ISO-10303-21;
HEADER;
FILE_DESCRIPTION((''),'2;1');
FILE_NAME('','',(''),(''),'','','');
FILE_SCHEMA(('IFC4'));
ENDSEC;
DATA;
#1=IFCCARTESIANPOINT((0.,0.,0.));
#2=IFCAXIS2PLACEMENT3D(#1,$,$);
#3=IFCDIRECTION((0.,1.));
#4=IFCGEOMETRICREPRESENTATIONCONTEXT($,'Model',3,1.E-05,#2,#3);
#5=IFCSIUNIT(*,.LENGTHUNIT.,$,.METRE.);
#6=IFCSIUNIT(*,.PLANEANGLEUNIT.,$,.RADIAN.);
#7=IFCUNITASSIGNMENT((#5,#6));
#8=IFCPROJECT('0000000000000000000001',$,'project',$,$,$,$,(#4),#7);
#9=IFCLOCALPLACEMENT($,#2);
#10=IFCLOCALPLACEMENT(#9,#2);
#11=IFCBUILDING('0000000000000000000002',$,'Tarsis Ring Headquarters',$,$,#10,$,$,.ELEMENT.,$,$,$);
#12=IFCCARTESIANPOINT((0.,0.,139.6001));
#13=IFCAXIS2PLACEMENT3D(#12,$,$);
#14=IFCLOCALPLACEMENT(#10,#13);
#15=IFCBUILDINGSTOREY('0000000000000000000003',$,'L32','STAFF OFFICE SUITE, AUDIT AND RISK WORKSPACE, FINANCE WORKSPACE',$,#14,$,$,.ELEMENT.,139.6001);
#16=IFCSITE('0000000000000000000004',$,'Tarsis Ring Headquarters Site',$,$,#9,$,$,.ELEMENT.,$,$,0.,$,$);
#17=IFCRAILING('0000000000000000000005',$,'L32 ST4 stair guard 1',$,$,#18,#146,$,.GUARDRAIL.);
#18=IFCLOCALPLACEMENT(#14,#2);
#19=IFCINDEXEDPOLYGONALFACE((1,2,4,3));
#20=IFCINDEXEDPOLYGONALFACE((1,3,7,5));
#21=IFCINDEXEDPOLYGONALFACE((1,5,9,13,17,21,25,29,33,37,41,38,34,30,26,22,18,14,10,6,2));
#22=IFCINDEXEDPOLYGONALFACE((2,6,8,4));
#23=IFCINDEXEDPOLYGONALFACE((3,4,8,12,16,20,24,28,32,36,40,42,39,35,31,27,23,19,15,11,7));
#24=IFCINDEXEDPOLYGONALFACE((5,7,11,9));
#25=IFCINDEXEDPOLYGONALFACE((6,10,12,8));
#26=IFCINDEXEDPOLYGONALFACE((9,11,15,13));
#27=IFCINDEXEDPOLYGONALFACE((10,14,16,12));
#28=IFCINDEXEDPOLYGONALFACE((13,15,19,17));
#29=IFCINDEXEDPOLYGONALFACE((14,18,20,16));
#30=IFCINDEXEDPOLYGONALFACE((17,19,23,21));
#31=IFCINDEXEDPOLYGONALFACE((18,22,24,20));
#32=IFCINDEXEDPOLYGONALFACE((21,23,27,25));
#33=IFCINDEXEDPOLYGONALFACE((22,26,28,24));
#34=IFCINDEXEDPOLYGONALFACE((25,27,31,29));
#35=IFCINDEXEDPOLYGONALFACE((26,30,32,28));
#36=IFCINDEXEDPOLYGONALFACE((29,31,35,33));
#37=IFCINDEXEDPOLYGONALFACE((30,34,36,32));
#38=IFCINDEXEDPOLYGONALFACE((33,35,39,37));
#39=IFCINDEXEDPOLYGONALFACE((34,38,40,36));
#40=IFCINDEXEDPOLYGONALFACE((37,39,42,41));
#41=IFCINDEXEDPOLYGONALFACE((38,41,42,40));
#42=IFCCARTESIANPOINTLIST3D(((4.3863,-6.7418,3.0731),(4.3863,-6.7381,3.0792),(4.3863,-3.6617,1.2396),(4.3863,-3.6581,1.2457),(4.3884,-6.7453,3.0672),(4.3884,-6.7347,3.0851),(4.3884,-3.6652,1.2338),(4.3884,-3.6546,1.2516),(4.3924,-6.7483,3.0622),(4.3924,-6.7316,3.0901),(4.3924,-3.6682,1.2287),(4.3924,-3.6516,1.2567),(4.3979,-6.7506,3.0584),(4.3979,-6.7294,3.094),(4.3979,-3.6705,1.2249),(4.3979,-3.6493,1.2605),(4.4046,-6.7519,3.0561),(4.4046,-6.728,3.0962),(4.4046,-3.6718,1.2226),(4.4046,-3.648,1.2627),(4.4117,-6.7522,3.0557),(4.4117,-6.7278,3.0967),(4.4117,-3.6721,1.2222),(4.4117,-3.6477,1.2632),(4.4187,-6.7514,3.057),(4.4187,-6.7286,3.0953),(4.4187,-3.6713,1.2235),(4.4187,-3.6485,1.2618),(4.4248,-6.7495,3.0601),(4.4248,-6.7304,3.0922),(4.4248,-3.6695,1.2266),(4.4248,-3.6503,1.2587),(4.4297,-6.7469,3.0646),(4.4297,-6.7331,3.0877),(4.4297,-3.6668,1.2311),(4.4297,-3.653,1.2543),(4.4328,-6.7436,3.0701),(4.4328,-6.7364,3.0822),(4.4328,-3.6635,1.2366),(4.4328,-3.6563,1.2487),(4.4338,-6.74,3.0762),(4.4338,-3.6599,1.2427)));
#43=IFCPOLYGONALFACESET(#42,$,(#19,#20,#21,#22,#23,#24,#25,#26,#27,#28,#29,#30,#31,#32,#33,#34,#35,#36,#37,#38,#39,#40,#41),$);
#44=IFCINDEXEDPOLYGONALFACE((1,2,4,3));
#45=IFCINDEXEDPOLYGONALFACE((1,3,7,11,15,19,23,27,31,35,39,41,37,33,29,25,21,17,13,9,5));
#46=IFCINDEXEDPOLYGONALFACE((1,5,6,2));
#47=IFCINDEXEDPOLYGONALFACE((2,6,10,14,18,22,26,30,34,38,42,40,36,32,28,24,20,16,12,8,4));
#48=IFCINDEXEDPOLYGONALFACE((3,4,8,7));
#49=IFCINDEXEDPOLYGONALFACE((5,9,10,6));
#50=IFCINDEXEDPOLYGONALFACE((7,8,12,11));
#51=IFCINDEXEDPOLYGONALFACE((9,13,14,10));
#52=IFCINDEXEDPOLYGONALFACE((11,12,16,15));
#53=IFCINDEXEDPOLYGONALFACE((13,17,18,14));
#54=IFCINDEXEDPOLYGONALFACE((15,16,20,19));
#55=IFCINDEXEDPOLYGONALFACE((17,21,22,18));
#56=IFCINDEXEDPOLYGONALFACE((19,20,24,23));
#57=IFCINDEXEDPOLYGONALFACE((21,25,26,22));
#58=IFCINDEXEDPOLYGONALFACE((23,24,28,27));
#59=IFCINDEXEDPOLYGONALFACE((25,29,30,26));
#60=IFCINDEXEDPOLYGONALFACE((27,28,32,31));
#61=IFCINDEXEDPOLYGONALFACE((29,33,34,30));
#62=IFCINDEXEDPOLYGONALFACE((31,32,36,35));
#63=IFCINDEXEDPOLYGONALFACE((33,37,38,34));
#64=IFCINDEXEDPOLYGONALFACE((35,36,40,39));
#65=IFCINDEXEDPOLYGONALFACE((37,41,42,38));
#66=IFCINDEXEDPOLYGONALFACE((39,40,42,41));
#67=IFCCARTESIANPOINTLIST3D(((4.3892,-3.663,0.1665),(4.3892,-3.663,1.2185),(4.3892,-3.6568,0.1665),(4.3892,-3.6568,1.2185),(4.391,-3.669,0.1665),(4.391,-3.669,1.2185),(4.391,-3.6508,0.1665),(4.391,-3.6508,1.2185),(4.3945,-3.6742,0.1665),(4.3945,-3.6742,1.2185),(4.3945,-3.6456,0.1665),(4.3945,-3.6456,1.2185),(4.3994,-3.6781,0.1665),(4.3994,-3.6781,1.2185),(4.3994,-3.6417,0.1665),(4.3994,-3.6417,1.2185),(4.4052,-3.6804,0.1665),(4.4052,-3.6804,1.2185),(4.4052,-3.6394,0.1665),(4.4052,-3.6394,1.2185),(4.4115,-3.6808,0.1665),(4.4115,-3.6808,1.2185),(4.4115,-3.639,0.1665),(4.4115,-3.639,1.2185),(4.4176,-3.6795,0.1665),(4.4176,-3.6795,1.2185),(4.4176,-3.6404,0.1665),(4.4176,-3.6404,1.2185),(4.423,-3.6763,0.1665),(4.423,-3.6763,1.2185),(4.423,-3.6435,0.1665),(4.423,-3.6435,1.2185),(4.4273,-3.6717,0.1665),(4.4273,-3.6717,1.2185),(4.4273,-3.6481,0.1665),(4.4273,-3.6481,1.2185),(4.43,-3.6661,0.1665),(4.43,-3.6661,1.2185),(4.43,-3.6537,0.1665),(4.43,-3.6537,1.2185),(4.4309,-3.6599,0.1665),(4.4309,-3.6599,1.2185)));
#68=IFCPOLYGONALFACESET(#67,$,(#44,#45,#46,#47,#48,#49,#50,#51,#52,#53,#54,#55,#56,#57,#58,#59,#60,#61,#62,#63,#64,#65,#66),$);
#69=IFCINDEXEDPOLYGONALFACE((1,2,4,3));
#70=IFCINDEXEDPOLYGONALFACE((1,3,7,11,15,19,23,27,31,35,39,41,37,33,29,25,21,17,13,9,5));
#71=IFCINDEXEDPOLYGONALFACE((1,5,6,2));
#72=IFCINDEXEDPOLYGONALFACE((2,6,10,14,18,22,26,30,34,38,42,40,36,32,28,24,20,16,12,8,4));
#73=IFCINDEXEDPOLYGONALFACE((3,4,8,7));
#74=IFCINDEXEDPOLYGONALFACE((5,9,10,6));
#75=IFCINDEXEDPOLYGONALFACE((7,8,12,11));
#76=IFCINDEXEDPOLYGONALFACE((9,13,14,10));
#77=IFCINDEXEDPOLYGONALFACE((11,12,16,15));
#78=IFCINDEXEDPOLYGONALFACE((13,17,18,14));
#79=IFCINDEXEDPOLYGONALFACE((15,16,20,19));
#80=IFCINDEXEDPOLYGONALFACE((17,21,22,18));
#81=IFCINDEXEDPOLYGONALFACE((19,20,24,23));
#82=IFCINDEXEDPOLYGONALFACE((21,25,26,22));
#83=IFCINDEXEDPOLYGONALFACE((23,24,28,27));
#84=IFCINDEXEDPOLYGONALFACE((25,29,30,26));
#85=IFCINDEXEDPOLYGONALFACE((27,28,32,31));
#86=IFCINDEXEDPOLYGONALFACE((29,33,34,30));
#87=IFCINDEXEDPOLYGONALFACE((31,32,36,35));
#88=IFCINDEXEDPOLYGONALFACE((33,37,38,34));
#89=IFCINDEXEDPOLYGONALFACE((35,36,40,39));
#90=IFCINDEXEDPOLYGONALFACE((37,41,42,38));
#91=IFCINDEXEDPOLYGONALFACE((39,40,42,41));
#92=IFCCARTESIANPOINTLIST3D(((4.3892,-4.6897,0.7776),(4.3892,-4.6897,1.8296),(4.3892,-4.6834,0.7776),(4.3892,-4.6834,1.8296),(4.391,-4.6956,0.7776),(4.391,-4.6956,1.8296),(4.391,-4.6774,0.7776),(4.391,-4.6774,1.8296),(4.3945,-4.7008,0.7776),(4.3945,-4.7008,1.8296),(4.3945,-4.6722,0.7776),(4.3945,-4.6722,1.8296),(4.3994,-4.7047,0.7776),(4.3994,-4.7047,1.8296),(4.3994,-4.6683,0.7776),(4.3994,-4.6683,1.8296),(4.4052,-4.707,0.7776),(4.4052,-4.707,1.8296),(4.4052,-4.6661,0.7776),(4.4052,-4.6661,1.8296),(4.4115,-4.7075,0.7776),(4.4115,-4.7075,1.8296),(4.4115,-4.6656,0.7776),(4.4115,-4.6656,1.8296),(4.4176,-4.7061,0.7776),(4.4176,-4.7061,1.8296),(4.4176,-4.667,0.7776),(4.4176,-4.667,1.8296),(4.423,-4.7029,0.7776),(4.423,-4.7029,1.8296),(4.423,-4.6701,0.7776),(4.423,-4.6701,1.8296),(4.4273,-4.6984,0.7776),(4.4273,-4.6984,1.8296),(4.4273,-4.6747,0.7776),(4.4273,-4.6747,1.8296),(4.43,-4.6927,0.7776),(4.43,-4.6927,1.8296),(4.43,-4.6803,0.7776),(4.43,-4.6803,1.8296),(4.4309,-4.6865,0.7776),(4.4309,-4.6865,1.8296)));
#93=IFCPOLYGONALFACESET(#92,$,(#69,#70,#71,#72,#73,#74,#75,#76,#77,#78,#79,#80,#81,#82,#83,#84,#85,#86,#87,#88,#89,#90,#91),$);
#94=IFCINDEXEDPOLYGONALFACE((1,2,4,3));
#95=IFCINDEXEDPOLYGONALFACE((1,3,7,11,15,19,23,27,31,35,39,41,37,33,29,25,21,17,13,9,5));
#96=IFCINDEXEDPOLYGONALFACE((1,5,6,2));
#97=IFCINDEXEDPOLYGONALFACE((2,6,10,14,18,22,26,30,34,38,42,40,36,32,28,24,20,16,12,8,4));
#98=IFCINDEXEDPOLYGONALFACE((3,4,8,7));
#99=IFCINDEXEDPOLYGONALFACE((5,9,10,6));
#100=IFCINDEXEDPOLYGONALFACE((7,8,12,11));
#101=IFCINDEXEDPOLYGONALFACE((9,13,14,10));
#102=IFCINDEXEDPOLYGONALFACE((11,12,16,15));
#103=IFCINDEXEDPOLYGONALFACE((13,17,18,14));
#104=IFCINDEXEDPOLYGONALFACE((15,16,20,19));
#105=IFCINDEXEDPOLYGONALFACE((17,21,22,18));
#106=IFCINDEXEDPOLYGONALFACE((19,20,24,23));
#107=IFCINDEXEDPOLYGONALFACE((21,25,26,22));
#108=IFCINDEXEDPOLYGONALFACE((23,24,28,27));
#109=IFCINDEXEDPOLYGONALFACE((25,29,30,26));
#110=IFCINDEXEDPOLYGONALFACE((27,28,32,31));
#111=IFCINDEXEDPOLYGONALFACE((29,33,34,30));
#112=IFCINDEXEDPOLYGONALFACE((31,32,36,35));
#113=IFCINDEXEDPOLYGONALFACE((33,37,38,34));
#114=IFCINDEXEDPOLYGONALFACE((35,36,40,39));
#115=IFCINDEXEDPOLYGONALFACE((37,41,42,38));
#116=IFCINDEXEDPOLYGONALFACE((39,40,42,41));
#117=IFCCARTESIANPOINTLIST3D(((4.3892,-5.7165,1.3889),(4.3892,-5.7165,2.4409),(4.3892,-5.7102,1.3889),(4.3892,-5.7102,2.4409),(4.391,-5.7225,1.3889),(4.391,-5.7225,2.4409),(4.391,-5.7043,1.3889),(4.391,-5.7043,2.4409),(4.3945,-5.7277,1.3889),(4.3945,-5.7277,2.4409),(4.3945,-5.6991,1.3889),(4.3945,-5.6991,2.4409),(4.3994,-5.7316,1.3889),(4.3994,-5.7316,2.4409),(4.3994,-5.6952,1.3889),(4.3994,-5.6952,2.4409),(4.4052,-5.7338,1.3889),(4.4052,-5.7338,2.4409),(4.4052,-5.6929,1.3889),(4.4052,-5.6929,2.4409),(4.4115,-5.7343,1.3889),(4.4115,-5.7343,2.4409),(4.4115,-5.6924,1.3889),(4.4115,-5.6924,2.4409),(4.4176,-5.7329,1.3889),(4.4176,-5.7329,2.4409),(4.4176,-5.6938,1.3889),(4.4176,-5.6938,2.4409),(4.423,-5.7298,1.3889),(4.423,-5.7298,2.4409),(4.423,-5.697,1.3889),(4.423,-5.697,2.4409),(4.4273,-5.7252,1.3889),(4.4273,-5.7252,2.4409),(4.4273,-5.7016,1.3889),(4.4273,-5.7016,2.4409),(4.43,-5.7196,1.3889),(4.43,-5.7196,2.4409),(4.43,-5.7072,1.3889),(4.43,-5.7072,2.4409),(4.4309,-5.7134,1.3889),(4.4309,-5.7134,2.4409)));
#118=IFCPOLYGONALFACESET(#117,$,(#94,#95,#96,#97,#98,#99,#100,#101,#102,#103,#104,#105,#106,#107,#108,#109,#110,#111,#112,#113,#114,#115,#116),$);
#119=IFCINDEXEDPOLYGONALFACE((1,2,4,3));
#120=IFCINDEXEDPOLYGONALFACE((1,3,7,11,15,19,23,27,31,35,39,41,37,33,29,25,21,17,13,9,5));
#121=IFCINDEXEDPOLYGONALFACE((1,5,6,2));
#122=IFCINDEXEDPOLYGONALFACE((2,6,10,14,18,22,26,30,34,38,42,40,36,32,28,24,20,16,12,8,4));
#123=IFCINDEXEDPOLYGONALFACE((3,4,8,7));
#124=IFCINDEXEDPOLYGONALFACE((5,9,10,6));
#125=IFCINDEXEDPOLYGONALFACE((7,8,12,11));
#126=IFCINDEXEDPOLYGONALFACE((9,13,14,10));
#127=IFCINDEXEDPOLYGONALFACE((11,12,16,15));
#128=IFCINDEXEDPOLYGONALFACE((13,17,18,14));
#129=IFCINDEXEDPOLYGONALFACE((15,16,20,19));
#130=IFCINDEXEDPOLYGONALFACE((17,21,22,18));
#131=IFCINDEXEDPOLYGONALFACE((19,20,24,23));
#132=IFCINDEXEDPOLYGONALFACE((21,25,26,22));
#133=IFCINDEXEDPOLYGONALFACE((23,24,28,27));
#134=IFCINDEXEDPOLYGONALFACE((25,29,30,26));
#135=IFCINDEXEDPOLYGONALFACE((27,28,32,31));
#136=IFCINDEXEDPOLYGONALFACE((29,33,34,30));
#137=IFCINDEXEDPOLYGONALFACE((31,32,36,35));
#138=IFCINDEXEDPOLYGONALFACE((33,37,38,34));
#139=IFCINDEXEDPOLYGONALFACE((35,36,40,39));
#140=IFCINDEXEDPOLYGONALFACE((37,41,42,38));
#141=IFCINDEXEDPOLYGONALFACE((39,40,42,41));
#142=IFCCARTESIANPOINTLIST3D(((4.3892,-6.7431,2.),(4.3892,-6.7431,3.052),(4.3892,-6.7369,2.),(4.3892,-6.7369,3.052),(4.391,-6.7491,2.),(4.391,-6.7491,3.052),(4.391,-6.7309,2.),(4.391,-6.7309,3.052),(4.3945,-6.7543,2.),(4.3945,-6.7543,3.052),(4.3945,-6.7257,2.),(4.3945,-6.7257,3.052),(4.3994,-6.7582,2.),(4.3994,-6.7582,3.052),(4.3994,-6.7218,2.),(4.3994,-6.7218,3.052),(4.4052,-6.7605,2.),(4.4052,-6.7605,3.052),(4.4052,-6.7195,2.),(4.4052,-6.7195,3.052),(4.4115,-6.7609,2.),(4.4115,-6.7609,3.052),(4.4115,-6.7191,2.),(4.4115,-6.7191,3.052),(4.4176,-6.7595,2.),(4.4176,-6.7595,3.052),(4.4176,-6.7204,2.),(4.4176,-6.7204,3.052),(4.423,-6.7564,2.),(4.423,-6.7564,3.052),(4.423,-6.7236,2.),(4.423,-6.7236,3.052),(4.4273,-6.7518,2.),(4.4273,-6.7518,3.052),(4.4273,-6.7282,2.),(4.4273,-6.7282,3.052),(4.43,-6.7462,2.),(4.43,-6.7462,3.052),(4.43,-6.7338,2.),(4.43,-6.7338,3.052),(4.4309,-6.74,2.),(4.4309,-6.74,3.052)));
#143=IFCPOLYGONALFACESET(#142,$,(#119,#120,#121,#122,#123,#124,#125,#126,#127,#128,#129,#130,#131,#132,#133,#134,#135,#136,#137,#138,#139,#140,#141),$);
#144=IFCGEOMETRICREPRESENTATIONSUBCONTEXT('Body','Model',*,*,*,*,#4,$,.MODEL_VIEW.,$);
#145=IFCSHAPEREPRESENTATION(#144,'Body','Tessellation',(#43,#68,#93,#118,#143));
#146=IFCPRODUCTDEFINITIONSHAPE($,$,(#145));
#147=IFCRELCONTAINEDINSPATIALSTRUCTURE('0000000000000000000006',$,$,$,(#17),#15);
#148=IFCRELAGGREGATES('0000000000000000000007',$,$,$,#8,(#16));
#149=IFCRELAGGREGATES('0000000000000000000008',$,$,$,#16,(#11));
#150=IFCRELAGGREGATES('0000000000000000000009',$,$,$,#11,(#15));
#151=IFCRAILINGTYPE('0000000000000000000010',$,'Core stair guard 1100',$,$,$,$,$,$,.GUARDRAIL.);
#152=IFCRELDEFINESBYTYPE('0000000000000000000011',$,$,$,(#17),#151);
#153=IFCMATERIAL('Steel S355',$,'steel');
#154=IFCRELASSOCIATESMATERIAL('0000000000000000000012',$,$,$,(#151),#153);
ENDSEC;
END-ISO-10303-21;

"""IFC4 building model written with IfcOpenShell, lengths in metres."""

from ifc_helpers import new_model, si_unit, direction, frame, origin, origin_2d, place, context, subcontext, project, spatial, circle, extrude, material, type_object, element, save


model = new_model("IFC4")

# Units and contexts
model_context = context("Model", 3, precision=1e-05, world=origin(), true_north=direction((0.0, 1.0)))
body_context = subcontext(model_context, "Body", "Model", "MODEL_VIEW")
ifc_project = project(units=[si_unit("LENGTHUNIT", "METRE"), si_unit("PLANEANGLEUNIT", "RADIAN")], contexts=[model_context])

# Site, building, storey
site_placement = place(None, origin())
site = spatial("IfcSite", under=ifc_project, at=site_placement, Name="Tarsis Ring Headquarters Site", CompositionType="ELEMENT", RefElevation=0.0)
building_placement = place(site_placement, origin())
building = spatial("IfcBuilding", under=site, at=building_placement, Name="Tarsis Ring Headquarters", CompositionType="ELEMENT")
storey_placement = place(building_placement, frame((0.0, 0.0, 139.6001)))
storey = spatial("IfcBuildingStorey", under=building, at=storey_placement, Name="L32", Description="STAFF OFFICE SUITE, AUDIT AND RISK WORKSPACE, FINANCE WORKSPACE", CompositionType="ELEMENT", Elevation=139.6001)

# Railing
ifc_material_1 = material(Name="Steel S355", Category="steel")
railing_type = type_object("IfcRailingType", Name="Core stair guard 1100", PredefinedType="GUARDRAIL", material=ifc_material_1)
railing_1_placement = place(storey_placement, frame((4.4099, -3.6599, 0.1665)))
element("IfcRailing", 1, at=railing_1_placement, inside=storey, type_object=railing_type, Name="L32 ST4 stair guard 1", PredefinedType="GUARDRAIL", context=body_context, shape_type="SweptSolid", body=[
    extrude(circle(Radius=0.0239, at=origin_2d()), frame((0.0, 0.0, 1.0762), z_axis=(0.0, -0.859279, 0.511508), x_axis=(1.0, 0.0, 0.0)), (0.0, 0.0, 1.0), 3.5845),
    extrude(circle(Radius=0.021, at=origin_2d()), origin(), (0.0, 0.0, 1.0), 1.052),
    extrude(circle(Radius=0.021, at=origin_2d()), frame((0.0, -1.0266, 0.6111)), (0.0, 0.0, 1.0), 1.052),
    extrude(circle(Radius=0.021, at=origin_2d()), frame((0.0, -2.0535, 1.2224)), (0.0, 0.0, 1.0), 1.052),
    extrude(circle(Radius=0.021, at=origin_2d()), frame((0.0, -3.0801, 1.8335)), (0.0, 0.0, 1.0), 1.052),
])

save(model, "model.ifc")
